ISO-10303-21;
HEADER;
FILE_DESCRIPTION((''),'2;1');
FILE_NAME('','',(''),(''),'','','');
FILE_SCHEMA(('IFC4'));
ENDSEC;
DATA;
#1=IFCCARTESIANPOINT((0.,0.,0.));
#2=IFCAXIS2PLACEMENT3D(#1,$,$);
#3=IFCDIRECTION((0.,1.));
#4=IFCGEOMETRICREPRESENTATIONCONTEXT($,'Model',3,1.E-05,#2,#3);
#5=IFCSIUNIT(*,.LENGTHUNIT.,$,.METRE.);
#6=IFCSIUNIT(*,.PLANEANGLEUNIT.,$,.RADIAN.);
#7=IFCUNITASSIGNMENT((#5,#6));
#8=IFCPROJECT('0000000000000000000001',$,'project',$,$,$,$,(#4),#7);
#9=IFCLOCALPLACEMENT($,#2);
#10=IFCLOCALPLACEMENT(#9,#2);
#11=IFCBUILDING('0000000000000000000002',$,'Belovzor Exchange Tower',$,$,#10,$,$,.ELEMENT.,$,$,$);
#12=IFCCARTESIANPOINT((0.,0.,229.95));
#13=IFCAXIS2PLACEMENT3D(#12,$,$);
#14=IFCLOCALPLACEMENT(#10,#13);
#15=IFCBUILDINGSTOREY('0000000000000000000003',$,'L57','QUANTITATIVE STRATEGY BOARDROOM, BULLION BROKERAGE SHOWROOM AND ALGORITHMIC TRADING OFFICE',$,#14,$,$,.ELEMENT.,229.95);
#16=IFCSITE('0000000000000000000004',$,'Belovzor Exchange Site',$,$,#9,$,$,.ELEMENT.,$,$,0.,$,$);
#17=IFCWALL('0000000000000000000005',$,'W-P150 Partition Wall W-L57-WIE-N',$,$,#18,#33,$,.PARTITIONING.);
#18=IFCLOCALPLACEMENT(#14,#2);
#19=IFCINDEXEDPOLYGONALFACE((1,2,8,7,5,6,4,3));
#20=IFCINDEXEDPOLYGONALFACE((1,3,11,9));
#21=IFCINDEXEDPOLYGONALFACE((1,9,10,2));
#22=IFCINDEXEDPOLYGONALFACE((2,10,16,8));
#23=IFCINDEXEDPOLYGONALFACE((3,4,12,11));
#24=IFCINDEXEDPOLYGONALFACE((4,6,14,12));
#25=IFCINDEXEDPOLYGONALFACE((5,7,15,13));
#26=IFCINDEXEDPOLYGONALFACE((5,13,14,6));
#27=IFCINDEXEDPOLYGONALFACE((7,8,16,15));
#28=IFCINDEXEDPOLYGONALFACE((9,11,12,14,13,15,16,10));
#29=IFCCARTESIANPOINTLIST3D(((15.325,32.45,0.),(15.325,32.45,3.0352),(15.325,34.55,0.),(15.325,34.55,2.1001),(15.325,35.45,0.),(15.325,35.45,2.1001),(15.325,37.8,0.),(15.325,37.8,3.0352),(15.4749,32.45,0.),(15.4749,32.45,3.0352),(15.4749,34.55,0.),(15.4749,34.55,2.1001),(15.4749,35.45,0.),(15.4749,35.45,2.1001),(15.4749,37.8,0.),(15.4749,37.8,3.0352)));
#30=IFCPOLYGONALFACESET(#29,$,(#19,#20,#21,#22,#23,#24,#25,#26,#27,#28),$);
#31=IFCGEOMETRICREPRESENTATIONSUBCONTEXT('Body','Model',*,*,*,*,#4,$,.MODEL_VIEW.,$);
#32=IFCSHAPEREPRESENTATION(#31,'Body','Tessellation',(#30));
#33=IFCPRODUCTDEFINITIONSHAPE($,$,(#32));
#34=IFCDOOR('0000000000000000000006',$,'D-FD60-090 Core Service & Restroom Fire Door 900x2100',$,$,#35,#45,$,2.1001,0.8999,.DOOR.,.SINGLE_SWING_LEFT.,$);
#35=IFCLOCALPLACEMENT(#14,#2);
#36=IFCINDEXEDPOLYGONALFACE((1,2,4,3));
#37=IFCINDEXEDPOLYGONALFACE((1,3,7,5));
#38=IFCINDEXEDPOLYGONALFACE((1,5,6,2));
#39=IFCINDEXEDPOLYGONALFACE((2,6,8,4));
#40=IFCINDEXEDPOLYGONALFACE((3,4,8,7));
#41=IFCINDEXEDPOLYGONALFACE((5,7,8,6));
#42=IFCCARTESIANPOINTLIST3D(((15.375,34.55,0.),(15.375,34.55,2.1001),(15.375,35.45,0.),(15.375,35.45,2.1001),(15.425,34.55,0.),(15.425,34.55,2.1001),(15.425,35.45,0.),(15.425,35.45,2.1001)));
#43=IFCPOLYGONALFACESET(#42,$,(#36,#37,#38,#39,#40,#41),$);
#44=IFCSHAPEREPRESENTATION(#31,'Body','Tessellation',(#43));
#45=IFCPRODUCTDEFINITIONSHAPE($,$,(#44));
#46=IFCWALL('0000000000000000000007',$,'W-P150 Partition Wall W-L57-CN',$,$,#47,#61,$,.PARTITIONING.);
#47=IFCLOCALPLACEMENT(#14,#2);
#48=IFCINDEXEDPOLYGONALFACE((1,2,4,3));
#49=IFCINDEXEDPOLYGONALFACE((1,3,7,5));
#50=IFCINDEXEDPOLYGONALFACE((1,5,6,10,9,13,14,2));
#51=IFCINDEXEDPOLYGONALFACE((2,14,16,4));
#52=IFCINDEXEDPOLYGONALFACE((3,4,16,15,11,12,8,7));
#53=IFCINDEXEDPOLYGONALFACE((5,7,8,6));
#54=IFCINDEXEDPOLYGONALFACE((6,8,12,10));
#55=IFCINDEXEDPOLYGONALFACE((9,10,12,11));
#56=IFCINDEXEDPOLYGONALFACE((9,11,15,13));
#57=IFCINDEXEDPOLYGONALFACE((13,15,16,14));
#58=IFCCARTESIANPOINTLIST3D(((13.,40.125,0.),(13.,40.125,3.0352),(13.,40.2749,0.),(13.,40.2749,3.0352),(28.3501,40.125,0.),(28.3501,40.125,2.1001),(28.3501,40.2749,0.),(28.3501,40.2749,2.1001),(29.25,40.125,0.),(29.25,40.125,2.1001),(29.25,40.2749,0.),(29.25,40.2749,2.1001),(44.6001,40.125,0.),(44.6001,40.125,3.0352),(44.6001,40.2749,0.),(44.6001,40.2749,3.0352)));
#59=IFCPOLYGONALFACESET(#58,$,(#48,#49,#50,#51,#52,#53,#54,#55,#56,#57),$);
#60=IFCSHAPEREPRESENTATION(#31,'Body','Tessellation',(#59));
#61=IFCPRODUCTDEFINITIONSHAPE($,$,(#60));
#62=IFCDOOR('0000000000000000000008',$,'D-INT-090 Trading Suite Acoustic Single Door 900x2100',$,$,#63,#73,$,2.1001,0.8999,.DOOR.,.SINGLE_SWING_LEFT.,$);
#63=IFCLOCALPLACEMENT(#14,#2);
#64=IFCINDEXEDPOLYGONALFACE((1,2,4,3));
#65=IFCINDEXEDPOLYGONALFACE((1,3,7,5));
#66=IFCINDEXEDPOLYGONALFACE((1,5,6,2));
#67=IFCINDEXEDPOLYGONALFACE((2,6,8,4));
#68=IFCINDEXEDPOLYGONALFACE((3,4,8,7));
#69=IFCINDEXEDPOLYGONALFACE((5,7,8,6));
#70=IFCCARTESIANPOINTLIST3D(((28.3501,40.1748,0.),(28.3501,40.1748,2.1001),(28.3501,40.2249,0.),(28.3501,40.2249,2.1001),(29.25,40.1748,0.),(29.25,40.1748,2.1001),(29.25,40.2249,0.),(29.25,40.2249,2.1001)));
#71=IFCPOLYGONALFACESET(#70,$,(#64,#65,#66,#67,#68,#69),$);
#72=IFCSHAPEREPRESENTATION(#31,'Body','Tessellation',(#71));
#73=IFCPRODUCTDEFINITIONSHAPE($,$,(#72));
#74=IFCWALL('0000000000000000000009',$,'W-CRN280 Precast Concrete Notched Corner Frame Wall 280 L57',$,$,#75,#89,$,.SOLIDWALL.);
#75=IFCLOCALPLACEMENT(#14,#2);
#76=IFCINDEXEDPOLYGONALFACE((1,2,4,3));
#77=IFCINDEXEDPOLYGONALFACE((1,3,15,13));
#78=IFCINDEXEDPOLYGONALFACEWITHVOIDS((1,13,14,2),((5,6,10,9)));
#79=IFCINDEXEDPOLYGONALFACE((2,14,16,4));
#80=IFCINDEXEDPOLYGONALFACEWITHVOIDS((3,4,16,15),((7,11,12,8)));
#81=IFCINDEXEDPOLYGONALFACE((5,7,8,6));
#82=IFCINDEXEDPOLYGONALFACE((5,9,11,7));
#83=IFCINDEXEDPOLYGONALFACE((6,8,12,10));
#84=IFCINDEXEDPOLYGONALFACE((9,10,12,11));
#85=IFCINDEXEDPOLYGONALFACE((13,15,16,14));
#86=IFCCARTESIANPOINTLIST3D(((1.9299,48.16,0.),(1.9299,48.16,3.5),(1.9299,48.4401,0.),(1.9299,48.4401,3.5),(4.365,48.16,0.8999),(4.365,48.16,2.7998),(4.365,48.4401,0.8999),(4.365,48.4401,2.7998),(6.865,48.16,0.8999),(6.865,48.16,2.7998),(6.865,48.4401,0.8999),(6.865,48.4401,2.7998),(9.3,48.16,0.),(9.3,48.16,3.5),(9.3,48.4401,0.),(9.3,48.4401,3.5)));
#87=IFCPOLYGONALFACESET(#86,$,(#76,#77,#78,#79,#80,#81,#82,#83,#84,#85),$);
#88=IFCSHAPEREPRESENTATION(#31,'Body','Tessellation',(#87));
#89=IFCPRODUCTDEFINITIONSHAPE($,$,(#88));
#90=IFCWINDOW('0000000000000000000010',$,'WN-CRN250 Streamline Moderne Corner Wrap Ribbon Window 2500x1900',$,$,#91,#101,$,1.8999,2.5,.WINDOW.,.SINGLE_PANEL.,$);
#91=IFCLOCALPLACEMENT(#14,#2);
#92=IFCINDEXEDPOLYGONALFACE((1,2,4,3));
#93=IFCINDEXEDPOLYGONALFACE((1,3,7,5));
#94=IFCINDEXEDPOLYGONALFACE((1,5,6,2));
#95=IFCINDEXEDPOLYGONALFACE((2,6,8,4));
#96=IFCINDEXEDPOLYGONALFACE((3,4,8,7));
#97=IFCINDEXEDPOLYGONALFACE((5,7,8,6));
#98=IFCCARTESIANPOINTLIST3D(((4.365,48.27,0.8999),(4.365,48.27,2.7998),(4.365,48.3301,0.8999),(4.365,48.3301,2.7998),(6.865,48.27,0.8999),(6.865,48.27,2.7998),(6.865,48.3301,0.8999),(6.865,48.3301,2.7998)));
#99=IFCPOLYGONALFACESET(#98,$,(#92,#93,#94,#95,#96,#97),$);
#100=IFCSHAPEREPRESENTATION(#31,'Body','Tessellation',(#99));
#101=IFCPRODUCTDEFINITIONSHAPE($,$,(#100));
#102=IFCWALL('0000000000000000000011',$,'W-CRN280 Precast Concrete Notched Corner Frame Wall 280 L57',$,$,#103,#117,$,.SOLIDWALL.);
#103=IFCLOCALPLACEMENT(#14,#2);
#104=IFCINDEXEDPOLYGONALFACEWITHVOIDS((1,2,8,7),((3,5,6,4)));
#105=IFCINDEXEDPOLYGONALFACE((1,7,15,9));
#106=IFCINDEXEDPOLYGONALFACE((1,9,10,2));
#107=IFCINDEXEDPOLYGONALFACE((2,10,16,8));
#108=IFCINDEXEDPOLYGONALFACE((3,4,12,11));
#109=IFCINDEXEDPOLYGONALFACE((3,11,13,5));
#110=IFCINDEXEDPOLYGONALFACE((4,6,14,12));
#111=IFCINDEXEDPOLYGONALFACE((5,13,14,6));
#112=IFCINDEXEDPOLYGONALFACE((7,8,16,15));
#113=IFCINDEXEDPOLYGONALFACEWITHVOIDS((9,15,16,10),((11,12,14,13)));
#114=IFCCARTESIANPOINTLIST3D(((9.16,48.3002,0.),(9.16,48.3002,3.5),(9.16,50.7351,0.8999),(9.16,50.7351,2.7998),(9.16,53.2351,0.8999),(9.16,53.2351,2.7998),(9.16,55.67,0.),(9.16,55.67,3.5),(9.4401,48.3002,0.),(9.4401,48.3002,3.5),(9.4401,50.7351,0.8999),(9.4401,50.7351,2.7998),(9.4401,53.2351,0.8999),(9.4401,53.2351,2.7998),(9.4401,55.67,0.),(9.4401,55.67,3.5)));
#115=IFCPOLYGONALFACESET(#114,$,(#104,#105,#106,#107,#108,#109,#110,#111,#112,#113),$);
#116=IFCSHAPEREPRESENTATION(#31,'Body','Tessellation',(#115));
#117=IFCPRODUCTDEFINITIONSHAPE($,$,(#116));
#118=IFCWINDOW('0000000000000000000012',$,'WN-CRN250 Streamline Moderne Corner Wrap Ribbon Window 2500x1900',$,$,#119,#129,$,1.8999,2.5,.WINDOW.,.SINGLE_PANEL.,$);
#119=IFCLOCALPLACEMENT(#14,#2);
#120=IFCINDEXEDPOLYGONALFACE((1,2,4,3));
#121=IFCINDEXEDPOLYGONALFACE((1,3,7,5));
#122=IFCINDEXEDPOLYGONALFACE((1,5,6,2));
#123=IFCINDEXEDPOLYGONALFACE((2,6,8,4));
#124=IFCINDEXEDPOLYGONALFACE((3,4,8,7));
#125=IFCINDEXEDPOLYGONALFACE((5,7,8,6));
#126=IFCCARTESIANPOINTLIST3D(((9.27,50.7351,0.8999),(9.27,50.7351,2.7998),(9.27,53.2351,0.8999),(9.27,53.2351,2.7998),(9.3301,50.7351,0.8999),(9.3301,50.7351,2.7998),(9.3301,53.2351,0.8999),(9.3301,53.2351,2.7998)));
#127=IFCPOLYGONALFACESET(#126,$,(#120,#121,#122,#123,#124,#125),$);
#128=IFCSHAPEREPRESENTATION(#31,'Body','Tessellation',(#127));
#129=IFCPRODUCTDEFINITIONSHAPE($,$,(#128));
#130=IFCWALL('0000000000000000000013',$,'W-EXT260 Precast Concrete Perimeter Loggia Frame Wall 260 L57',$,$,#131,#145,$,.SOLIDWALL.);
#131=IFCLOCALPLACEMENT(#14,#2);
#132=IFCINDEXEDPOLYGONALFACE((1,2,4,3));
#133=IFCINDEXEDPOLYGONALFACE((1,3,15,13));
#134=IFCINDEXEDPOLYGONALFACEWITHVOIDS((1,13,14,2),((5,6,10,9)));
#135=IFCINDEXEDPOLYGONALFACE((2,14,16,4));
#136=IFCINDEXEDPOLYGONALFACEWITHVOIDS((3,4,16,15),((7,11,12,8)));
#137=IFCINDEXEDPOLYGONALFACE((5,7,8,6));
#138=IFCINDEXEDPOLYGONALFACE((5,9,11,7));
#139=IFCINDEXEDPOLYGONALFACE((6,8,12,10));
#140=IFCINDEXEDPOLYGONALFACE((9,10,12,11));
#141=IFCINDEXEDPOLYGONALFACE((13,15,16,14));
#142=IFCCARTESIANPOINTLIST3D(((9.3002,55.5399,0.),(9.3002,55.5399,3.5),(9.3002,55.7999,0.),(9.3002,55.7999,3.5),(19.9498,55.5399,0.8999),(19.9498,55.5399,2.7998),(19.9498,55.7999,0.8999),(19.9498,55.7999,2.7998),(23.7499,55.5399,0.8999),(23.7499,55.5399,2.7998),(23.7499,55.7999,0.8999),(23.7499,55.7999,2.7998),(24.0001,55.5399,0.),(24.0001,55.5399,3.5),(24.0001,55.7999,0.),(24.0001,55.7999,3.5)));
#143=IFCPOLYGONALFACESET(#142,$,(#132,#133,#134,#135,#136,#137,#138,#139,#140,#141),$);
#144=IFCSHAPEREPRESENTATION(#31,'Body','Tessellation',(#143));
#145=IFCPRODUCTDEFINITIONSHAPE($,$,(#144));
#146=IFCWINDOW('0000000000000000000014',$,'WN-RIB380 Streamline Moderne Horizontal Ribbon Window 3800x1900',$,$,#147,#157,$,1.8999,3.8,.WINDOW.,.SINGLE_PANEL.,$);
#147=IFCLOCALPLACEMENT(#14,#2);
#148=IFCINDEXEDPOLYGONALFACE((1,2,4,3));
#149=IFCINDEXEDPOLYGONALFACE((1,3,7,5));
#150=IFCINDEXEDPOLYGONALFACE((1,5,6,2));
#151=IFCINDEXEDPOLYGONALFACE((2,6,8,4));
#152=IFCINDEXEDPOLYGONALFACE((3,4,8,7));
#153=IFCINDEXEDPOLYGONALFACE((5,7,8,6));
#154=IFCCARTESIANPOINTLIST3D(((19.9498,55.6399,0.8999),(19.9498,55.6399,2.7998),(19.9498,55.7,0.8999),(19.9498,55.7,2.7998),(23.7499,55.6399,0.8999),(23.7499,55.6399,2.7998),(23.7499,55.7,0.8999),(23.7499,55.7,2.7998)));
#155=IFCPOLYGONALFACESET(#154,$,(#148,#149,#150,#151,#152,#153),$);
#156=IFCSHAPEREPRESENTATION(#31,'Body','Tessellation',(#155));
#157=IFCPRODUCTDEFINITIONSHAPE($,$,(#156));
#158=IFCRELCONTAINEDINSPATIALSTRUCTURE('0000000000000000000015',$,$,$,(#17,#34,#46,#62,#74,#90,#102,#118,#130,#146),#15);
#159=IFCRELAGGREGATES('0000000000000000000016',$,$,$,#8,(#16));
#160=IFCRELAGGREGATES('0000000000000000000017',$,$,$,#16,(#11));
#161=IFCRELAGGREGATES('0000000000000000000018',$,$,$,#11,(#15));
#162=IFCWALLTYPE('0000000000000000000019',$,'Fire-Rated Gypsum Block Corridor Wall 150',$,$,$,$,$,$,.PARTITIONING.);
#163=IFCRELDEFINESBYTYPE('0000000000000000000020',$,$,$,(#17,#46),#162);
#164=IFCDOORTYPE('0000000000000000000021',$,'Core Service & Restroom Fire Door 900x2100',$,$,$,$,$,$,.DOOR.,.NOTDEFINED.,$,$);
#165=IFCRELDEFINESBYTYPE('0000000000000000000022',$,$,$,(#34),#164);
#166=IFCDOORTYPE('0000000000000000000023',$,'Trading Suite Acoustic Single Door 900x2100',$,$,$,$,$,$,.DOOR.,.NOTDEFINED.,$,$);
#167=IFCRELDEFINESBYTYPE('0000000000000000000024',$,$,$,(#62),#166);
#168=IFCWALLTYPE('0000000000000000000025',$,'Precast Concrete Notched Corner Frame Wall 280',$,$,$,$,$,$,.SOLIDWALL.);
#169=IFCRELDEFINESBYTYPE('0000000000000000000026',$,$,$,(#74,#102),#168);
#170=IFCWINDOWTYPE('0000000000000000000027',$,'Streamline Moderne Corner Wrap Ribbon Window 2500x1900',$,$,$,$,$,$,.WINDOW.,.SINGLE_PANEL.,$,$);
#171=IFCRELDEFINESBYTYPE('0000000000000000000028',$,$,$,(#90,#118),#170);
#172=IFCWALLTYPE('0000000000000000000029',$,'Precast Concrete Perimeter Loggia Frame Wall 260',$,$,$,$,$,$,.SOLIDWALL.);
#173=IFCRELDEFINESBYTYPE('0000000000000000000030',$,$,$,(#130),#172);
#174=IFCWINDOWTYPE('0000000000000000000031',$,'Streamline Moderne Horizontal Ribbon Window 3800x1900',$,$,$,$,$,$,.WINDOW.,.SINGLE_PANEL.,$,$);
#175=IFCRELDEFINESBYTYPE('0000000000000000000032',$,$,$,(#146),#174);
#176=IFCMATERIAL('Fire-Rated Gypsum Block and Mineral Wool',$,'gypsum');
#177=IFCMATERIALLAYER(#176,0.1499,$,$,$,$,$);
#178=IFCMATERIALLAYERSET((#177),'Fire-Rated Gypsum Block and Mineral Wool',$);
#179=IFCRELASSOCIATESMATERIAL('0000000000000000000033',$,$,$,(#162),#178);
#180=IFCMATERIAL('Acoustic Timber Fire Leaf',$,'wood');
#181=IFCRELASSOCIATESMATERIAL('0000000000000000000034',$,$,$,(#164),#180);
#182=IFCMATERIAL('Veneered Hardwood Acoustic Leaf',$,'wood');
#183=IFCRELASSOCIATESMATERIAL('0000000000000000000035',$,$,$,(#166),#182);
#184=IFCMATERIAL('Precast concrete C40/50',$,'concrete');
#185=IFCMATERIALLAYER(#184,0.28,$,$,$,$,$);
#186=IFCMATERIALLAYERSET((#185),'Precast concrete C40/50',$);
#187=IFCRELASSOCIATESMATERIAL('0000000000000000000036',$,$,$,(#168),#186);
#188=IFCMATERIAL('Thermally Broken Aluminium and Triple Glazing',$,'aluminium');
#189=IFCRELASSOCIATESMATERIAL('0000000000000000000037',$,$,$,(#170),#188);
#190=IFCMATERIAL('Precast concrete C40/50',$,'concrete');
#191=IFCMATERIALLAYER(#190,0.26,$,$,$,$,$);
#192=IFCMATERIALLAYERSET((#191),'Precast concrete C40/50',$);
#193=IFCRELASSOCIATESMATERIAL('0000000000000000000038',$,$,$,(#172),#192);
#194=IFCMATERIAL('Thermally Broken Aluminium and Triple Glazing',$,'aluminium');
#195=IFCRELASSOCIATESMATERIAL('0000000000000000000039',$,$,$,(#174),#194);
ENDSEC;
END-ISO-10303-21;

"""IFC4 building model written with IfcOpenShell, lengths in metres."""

from ifc_helpers import new_model, si_unit, direction, frame, frame_2d, origin, place, context, subcontext, project, spatial, rectangle, extrude, material, layer, layer_set, type_object, element, fill, save


model = new_model("IFC4")

# Units and contexts
model_context = context("Model", 3, precision=1e-05, world=origin(), true_north=direction((0.0, 1.0)))
body_context = subcontext(model_context, "Body", "Model", "MODEL_VIEW")
ifc_project = project(units=[si_unit("LENGTHUNIT", "METRE"), si_unit("PLANEANGLEUNIT", "RADIAN")], contexts=[model_context])

# Site, building, storey
site_placement = place(None, origin())
site = spatial("IfcSite", under=ifc_project, at=site_placement, Name="Belovzor Exchange Site", CompositionType="ELEMENT", RefElevation=0.0)
building_placement = place(site_placement, origin())
building = spatial("IfcBuilding", under=site, at=building_placement, Name="Belovzor Exchange Tower", CompositionType="ELEMENT")
storey_placement = place(building_placement, frame((0.0, 0.0, 229.95)))
storey = spatial("IfcBuildingStorey", under=building, at=storey_placement, Name="L57", Description="QUANTITATIVE STRATEGY BOARDROOM, BULLION BROKERAGE SHOWROOM AND ALGORITHMIC TRADING OFFICE", CompositionType="ELEMENT", Elevation=229.95)

# Walls, openings, doors
ifc_material_1 = material(Name="Fire-Rated Gypsum Block and Mineral Wool", Category="gypsum")
ifc_layer_1 = layer(ifc_material_1, 0.1499)
ifc_layer_set_1 = layer_set([ifc_layer_1], Name="Fire-Rated Gypsum Block and Mineral Wool")
wall_type_1 = type_object("IfcWallType", Name="Fire-Rated Gypsum Block Corridor Wall 150", PredefinedType="PARTITIONING", material=ifc_layer_set_1)
wall_1_placement = place(storey_placement, frame((15.3999, 32.45, 0.0), z_axis=(0.0, 0.0, 1.0), x_axis=(0.0, 1.0, 0.0)))
wall_1 = element("IfcWall", 1, at=wall_1_placement, inside=storey, type_object=wall_type_1, Name="W-P150 Partition Wall W-L57-WIE-N", PredefinedType="PARTITIONING", context=body_context, shape_type="SweptSolid", body=[
    extrude(rectangle(XDim=5.3501, YDim=0.1499, at=frame_2d((2.675, 0.0))), origin(), (0.0, 0.0, 1.0), 3.0352),
])
opening_1_placement = place(wall_1_placement, frame((2.1001, 0.0, 0.0)))
opening_1 = element("IfcOpeningElement", 2, at=opening_1_placement, cuts=wall_1, PredefinedType="OPENING", context=body_context, shape_type="SweptSolid", body=[
    extrude(rectangle(XDim=0.8999, YDim=2.1001, at=frame_2d((0.45, 1.05))), frame((0.0, 0.085, 0.0), z_axis=(0.0, -1.0, 0.0), x_axis=(1.0, 0.0, 0.0)), (0.0, 0.0, 1.0), 0.1699),
])
ifc_material_2 = material(Name="Acoustic Timber Fire Leaf", Category="wood")
door_type_1 = type_object("IfcDoorType", Name="Core Service & Restroom Fire Door 900x2100", OperationType="NOTDEFINED", PredefinedType="DOOR", material=ifc_material_2)
door_1_placement = place(opening_1_placement, origin())
door_1 = element("IfcDoor", 3, at=door_1_placement, inside=storey, type_object=door_type_1, Name="D-FD60-090 Core Service & Restroom Fire Door 900x2100", OperationType="SINGLE_SWING_LEFT", OverallHeight=2.1001, OverallWidth=0.8999, PredefinedType="DOOR", context=body_context, shape_type="SweptSolid", body=[
    extrude(rectangle(XDim=0.8999, YDim=2.1001, at=frame_2d((0.45, 1.05))), frame((0.0, 0.0249, 0.0), z_axis=(0.0, -1.0, 0.0), x_axis=(1.0, 0.0, 0.0)), (0.0, 0.0, 1.0), 0.05),
])
fill(opening_1, door_1)
wall_2_placement = place(storey_placement, frame((13.0, 40.2, 0.0), z_axis=(0.0, 0.0, 1.0), x_axis=(1.0, 0.0, 0.0)))
wall_2 = element("IfcWall", 4, at=wall_2_placement, inside=storey, type_object=wall_type_1, Name="W-P150 Partition Wall W-L57-CN", PredefinedType="PARTITIONING", context=body_context, shape_type="SweptSolid", body=[
    extrude(rectangle(XDim=31.6001, YDim=0.1499, at=frame_2d((15.8, 0.0))), origin(), (0.0, 0.0, 1.0), 3.0352),
])
opening_2_placement = place(wall_2_placement, frame((15.3501, 0.0, 0.0)))
opening_2 = element("IfcOpeningElement", 5, at=opening_2_placement, cuts=wall_2, PredefinedType="OPENING", context=body_context, shape_type="SweptSolid", body=[
    extrude(rectangle(XDim=0.8999, YDim=2.1001, at=frame_2d((0.45, 1.05))), frame((0.0, 0.085, 0.0), z_axis=(0.0, -1.0, 0.0), x_axis=(1.0, 0.0, 0.0)), (0.0, 0.0, 1.0), 0.1699),
])
ifc_material_3 = material(Name="Veneered Hardwood Acoustic Leaf", Category="wood")
door_type_2 = type_object("IfcDoorType", Name="Trading Suite Acoustic Single Door 900x2100", OperationType="NOTDEFINED", PredefinedType="DOOR", material=ifc_material_3)
door_2_placement = place(opening_2_placement, origin())
door_2 = element("IfcDoor", 6, at=door_2_placement, inside=storey, type_object=door_type_2, Name="D-INT-090 Trading Suite Acoustic Single Door 900x2100", OperationType="SINGLE_SWING_LEFT", OverallHeight=2.1001, OverallWidth=0.8999, PredefinedType="DOOR", context=body_context, shape_type="SweptSolid", body=[
    extrude(rectangle(XDim=0.8999, YDim=2.1001, at=frame_2d((0.45, 1.05))), frame((0.0, 0.0249, 0.0), z_axis=(0.0, -1.0, 0.0), x_axis=(1.0, 0.0, 0.0)), (0.0, 0.0, 1.0), 0.05),
])
fill(opening_2, door_2)

# Walls, openings, windows
ifc_material_4 = material(Name="Precast concrete C40/50", Category="concrete")
ifc_layer_2 = layer(ifc_material_4, 0.28)
ifc_layer_set_2 = layer_set([ifc_layer_2], Name="Precast concrete C40/50")
wall_type_2 = type_object("IfcWallType", Name="Precast Concrete Notched Corner Frame Wall 280", PredefinedType="SOLIDWALL", material=ifc_layer_set_2)
wall_3_placement = place(storey_placement, frame((1.9299, 48.3, 0.0), z_axis=(0.0, 0.0, 1.0), x_axis=(1.0, 0.0, 0.0)))
wall_3 = element("IfcWall", 7, at=wall_3_placement, inside=storey, type_object=wall_type_2, Name="W-CRN280 Precast Concrete Notched Corner Frame Wall 280 L57", PredefinedType="SOLIDWALL", context=body_context, shape_type="SweptSolid", body=[
    extrude(rectangle(XDim=7.3701, YDim=0.28, at=frame_2d((3.6851, 0.0))), origin(), (0.0, 0.0, 1.0), 3.5),
])
opening_3_placement = place(wall_3_placement, frame((2.4351, 0.0, 0.8999)))
opening_3 = element("IfcOpeningElement", 8, at=opening_3_placement, cuts=wall_3, PredefinedType="OPENING", context=body_context, shape_type="SweptSolid", body=[
    extrude(rectangle(XDim=2.5, YDim=1.8999, at=frame_2d((1.25, 0.95))), frame((0.0, 0.1499, 0.0), z_axis=(0.0, -1.0, 0.0), x_axis=(1.0, 0.0, 0.0)), (0.0, 0.0, 1.0), 0.3),
])
ifc_material_5 = material(Name="Thermally Broken Aluminium and Triple Glazing", Category="aluminium")
window_type_1 = type_object("IfcWindowType", Name="Streamline Moderne Corner Wrap Ribbon Window 2500x1900", PartitioningType="SINGLE_PANEL", PredefinedType="WINDOW", material=ifc_material_5)
window_1_placement = place(opening_3_placement, origin())
window_1 = element("IfcWindow", 9, at=window_1_placement, inside=storey, type_object=window_type_1, Name="WN-CRN250 Streamline Moderne Corner Wrap Ribbon Window 2500x1900", OverallHeight=1.8999, OverallWidth=2.5, PartitioningType="SINGLE_PANEL", PredefinedType="WINDOW", context=body_context, shape_type="SweptSolid", body=[
    extrude(rectangle(XDim=2.5, YDim=1.8999, at=frame_2d((1.25, 0.95))), frame((0.0, 0.03, 0.0), z_axis=(0.0, -1.0, 0.0), x_axis=(1.0, 0.0, 0.0)), (0.0, 0.0, 1.0), 0.0601),
])
fill(opening_3, window_1)
wall_4_placement = place(storey_placement, frame((9.3, 48.3, 0.0), z_axis=(0.0, 0.0, 1.0), x_axis=(0.0, 1.0, 0.0)))
wall_4 = element("IfcWall", 10, at=wall_4_placement, inside=storey, type_object=wall_type_2, Name="W-CRN280 Precast Concrete Notched Corner Frame Wall 280 L57", PredefinedType="SOLIDWALL", context=body_context, shape_type="SweptSolid", body=[
    extrude(rectangle(XDim=7.3699, YDim=0.28, at=frame_2d((3.6851, 0.0))), origin(), (0.0, 0.0, 1.0), 3.5),
])
opening_4_placement = place(wall_4_placement, frame((2.4351, 0.0, 0.8999)))
opening_4 = element("IfcOpeningElement", 11, at=opening_4_placement, cuts=wall_4, PredefinedType="OPENING", context=body_context, shape_type="SweptSolid", body=[
    extrude(rectangle(XDim=2.5, YDim=1.8999, at=frame_2d((1.25, 0.95))), frame((0.0, 0.1499, 0.0), z_axis=(0.0, -1.0, 0.0), x_axis=(1.0, 0.0, 0.0)), (0.0, 0.0, 1.0), 0.3),
])
window_2_placement = place(opening_4_placement, origin())
window_2 = element("IfcWindow", 12, at=window_2_placement, inside=storey, type_object=window_type_1, Name="WN-CRN250 Streamline Moderne Corner Wrap Ribbon Window 2500x1900", OverallHeight=1.8999, OverallWidth=2.5, PartitioningType="SINGLE_PANEL", PredefinedType="WINDOW", context=body_context, shape_type="SweptSolid", body=[
    extrude(rectangle(XDim=2.5, YDim=1.8999, at=frame_2d((1.25, 0.95))), frame((0.0, 0.03, 0.0), z_axis=(0.0, -1.0, 0.0), x_axis=(1.0, 0.0, 0.0)), (0.0, 0.0, 1.0), 0.0601),
])
fill(opening_4, window_2)
ifc_material_6 = material(Name="Precast concrete C40/50", Category="concrete")
ifc_layer_3 = layer(ifc_material_6, 0.26)
ifc_layer_set_3 = layer_set([ifc_layer_3], Name="Precast concrete C40/50")
wall_type_3 = type_object("IfcWallType", Name="Precast Concrete Perimeter Loggia Frame Wall 260", PredefinedType="SOLIDWALL", material=ifc_layer_set_3)
wall_5_placement = place(storey_placement, frame((9.3, 55.6699, 0.0), z_axis=(0.0, 0.0, 1.0), x_axis=(1.0, 0.0, 0.0)))
wall_5 = element("IfcWall", 13, at=wall_5_placement, inside=storey, type_object=wall_type_3, Name="W-EXT260 Precast Concrete Perimeter Loggia Frame Wall 260 L57", PredefinedType="SOLIDWALL", context=body_context, shape_type="SweptSolid", body=[
    extrude(rectangle(XDim=14.7, YDim=0.26, at=frame_2d((7.3501, 0.0))), origin(), (0.0, 0.0, 1.0), 3.5),
])
opening_5_placement = place(wall_5_placement, frame((10.6499, 0.0, 0.8999)))
opening_5 = element("IfcOpeningElement", 14, at=opening_5_placement, cuts=wall_5, PredefinedType="OPENING", context=body_context, shape_type="SweptSolid", body=[
    extrude(rectangle(XDim=3.8, YDim=1.8999, at=frame_2d((1.8999, 0.95))), frame((0.0, 0.1399, 0.0), z_axis=(0.0, -1.0, 0.0), x_axis=(1.0, 0.0, 0.0)), (0.0, 0.0, 1.0), 0.28),
])
ifc_material_7 = material(Name="Thermally Broken Aluminium and Triple Glazing", Category="aluminium")
window_type_2 = type_object("IfcWindowType", Name="Streamline Moderne Horizontal Ribbon Window 3800x1900", PartitioningType="SINGLE_PANEL", PredefinedType="WINDOW", material=ifc_material_7)
window_3_placement = place(opening_5_placement, origin())
window_3 = element("IfcWindow", 15, at=window_3_placement, inside=storey, type_object=window_type_2, Name="WN-RIB380 Streamline Moderne Horizontal Ribbon Window 3800x1900", OverallHeight=1.8999, OverallWidth=3.8, PartitioningType="SINGLE_PANEL", PredefinedType="WINDOW", context=body_context, shape_type="SweptSolid", body=[
    extrude(rectangle(XDim=3.8, YDim=1.8999, at=frame_2d((1.8999, 0.95))), frame((0.0, 0.03, 0.0), z_axis=(0.0, -1.0, 0.0), x_axis=(1.0, 0.0, 0.0)), (0.0, 0.0, 1.0), 0.0601),
])
fill(opening_5, window_3)

save(model, "model.ifc")
